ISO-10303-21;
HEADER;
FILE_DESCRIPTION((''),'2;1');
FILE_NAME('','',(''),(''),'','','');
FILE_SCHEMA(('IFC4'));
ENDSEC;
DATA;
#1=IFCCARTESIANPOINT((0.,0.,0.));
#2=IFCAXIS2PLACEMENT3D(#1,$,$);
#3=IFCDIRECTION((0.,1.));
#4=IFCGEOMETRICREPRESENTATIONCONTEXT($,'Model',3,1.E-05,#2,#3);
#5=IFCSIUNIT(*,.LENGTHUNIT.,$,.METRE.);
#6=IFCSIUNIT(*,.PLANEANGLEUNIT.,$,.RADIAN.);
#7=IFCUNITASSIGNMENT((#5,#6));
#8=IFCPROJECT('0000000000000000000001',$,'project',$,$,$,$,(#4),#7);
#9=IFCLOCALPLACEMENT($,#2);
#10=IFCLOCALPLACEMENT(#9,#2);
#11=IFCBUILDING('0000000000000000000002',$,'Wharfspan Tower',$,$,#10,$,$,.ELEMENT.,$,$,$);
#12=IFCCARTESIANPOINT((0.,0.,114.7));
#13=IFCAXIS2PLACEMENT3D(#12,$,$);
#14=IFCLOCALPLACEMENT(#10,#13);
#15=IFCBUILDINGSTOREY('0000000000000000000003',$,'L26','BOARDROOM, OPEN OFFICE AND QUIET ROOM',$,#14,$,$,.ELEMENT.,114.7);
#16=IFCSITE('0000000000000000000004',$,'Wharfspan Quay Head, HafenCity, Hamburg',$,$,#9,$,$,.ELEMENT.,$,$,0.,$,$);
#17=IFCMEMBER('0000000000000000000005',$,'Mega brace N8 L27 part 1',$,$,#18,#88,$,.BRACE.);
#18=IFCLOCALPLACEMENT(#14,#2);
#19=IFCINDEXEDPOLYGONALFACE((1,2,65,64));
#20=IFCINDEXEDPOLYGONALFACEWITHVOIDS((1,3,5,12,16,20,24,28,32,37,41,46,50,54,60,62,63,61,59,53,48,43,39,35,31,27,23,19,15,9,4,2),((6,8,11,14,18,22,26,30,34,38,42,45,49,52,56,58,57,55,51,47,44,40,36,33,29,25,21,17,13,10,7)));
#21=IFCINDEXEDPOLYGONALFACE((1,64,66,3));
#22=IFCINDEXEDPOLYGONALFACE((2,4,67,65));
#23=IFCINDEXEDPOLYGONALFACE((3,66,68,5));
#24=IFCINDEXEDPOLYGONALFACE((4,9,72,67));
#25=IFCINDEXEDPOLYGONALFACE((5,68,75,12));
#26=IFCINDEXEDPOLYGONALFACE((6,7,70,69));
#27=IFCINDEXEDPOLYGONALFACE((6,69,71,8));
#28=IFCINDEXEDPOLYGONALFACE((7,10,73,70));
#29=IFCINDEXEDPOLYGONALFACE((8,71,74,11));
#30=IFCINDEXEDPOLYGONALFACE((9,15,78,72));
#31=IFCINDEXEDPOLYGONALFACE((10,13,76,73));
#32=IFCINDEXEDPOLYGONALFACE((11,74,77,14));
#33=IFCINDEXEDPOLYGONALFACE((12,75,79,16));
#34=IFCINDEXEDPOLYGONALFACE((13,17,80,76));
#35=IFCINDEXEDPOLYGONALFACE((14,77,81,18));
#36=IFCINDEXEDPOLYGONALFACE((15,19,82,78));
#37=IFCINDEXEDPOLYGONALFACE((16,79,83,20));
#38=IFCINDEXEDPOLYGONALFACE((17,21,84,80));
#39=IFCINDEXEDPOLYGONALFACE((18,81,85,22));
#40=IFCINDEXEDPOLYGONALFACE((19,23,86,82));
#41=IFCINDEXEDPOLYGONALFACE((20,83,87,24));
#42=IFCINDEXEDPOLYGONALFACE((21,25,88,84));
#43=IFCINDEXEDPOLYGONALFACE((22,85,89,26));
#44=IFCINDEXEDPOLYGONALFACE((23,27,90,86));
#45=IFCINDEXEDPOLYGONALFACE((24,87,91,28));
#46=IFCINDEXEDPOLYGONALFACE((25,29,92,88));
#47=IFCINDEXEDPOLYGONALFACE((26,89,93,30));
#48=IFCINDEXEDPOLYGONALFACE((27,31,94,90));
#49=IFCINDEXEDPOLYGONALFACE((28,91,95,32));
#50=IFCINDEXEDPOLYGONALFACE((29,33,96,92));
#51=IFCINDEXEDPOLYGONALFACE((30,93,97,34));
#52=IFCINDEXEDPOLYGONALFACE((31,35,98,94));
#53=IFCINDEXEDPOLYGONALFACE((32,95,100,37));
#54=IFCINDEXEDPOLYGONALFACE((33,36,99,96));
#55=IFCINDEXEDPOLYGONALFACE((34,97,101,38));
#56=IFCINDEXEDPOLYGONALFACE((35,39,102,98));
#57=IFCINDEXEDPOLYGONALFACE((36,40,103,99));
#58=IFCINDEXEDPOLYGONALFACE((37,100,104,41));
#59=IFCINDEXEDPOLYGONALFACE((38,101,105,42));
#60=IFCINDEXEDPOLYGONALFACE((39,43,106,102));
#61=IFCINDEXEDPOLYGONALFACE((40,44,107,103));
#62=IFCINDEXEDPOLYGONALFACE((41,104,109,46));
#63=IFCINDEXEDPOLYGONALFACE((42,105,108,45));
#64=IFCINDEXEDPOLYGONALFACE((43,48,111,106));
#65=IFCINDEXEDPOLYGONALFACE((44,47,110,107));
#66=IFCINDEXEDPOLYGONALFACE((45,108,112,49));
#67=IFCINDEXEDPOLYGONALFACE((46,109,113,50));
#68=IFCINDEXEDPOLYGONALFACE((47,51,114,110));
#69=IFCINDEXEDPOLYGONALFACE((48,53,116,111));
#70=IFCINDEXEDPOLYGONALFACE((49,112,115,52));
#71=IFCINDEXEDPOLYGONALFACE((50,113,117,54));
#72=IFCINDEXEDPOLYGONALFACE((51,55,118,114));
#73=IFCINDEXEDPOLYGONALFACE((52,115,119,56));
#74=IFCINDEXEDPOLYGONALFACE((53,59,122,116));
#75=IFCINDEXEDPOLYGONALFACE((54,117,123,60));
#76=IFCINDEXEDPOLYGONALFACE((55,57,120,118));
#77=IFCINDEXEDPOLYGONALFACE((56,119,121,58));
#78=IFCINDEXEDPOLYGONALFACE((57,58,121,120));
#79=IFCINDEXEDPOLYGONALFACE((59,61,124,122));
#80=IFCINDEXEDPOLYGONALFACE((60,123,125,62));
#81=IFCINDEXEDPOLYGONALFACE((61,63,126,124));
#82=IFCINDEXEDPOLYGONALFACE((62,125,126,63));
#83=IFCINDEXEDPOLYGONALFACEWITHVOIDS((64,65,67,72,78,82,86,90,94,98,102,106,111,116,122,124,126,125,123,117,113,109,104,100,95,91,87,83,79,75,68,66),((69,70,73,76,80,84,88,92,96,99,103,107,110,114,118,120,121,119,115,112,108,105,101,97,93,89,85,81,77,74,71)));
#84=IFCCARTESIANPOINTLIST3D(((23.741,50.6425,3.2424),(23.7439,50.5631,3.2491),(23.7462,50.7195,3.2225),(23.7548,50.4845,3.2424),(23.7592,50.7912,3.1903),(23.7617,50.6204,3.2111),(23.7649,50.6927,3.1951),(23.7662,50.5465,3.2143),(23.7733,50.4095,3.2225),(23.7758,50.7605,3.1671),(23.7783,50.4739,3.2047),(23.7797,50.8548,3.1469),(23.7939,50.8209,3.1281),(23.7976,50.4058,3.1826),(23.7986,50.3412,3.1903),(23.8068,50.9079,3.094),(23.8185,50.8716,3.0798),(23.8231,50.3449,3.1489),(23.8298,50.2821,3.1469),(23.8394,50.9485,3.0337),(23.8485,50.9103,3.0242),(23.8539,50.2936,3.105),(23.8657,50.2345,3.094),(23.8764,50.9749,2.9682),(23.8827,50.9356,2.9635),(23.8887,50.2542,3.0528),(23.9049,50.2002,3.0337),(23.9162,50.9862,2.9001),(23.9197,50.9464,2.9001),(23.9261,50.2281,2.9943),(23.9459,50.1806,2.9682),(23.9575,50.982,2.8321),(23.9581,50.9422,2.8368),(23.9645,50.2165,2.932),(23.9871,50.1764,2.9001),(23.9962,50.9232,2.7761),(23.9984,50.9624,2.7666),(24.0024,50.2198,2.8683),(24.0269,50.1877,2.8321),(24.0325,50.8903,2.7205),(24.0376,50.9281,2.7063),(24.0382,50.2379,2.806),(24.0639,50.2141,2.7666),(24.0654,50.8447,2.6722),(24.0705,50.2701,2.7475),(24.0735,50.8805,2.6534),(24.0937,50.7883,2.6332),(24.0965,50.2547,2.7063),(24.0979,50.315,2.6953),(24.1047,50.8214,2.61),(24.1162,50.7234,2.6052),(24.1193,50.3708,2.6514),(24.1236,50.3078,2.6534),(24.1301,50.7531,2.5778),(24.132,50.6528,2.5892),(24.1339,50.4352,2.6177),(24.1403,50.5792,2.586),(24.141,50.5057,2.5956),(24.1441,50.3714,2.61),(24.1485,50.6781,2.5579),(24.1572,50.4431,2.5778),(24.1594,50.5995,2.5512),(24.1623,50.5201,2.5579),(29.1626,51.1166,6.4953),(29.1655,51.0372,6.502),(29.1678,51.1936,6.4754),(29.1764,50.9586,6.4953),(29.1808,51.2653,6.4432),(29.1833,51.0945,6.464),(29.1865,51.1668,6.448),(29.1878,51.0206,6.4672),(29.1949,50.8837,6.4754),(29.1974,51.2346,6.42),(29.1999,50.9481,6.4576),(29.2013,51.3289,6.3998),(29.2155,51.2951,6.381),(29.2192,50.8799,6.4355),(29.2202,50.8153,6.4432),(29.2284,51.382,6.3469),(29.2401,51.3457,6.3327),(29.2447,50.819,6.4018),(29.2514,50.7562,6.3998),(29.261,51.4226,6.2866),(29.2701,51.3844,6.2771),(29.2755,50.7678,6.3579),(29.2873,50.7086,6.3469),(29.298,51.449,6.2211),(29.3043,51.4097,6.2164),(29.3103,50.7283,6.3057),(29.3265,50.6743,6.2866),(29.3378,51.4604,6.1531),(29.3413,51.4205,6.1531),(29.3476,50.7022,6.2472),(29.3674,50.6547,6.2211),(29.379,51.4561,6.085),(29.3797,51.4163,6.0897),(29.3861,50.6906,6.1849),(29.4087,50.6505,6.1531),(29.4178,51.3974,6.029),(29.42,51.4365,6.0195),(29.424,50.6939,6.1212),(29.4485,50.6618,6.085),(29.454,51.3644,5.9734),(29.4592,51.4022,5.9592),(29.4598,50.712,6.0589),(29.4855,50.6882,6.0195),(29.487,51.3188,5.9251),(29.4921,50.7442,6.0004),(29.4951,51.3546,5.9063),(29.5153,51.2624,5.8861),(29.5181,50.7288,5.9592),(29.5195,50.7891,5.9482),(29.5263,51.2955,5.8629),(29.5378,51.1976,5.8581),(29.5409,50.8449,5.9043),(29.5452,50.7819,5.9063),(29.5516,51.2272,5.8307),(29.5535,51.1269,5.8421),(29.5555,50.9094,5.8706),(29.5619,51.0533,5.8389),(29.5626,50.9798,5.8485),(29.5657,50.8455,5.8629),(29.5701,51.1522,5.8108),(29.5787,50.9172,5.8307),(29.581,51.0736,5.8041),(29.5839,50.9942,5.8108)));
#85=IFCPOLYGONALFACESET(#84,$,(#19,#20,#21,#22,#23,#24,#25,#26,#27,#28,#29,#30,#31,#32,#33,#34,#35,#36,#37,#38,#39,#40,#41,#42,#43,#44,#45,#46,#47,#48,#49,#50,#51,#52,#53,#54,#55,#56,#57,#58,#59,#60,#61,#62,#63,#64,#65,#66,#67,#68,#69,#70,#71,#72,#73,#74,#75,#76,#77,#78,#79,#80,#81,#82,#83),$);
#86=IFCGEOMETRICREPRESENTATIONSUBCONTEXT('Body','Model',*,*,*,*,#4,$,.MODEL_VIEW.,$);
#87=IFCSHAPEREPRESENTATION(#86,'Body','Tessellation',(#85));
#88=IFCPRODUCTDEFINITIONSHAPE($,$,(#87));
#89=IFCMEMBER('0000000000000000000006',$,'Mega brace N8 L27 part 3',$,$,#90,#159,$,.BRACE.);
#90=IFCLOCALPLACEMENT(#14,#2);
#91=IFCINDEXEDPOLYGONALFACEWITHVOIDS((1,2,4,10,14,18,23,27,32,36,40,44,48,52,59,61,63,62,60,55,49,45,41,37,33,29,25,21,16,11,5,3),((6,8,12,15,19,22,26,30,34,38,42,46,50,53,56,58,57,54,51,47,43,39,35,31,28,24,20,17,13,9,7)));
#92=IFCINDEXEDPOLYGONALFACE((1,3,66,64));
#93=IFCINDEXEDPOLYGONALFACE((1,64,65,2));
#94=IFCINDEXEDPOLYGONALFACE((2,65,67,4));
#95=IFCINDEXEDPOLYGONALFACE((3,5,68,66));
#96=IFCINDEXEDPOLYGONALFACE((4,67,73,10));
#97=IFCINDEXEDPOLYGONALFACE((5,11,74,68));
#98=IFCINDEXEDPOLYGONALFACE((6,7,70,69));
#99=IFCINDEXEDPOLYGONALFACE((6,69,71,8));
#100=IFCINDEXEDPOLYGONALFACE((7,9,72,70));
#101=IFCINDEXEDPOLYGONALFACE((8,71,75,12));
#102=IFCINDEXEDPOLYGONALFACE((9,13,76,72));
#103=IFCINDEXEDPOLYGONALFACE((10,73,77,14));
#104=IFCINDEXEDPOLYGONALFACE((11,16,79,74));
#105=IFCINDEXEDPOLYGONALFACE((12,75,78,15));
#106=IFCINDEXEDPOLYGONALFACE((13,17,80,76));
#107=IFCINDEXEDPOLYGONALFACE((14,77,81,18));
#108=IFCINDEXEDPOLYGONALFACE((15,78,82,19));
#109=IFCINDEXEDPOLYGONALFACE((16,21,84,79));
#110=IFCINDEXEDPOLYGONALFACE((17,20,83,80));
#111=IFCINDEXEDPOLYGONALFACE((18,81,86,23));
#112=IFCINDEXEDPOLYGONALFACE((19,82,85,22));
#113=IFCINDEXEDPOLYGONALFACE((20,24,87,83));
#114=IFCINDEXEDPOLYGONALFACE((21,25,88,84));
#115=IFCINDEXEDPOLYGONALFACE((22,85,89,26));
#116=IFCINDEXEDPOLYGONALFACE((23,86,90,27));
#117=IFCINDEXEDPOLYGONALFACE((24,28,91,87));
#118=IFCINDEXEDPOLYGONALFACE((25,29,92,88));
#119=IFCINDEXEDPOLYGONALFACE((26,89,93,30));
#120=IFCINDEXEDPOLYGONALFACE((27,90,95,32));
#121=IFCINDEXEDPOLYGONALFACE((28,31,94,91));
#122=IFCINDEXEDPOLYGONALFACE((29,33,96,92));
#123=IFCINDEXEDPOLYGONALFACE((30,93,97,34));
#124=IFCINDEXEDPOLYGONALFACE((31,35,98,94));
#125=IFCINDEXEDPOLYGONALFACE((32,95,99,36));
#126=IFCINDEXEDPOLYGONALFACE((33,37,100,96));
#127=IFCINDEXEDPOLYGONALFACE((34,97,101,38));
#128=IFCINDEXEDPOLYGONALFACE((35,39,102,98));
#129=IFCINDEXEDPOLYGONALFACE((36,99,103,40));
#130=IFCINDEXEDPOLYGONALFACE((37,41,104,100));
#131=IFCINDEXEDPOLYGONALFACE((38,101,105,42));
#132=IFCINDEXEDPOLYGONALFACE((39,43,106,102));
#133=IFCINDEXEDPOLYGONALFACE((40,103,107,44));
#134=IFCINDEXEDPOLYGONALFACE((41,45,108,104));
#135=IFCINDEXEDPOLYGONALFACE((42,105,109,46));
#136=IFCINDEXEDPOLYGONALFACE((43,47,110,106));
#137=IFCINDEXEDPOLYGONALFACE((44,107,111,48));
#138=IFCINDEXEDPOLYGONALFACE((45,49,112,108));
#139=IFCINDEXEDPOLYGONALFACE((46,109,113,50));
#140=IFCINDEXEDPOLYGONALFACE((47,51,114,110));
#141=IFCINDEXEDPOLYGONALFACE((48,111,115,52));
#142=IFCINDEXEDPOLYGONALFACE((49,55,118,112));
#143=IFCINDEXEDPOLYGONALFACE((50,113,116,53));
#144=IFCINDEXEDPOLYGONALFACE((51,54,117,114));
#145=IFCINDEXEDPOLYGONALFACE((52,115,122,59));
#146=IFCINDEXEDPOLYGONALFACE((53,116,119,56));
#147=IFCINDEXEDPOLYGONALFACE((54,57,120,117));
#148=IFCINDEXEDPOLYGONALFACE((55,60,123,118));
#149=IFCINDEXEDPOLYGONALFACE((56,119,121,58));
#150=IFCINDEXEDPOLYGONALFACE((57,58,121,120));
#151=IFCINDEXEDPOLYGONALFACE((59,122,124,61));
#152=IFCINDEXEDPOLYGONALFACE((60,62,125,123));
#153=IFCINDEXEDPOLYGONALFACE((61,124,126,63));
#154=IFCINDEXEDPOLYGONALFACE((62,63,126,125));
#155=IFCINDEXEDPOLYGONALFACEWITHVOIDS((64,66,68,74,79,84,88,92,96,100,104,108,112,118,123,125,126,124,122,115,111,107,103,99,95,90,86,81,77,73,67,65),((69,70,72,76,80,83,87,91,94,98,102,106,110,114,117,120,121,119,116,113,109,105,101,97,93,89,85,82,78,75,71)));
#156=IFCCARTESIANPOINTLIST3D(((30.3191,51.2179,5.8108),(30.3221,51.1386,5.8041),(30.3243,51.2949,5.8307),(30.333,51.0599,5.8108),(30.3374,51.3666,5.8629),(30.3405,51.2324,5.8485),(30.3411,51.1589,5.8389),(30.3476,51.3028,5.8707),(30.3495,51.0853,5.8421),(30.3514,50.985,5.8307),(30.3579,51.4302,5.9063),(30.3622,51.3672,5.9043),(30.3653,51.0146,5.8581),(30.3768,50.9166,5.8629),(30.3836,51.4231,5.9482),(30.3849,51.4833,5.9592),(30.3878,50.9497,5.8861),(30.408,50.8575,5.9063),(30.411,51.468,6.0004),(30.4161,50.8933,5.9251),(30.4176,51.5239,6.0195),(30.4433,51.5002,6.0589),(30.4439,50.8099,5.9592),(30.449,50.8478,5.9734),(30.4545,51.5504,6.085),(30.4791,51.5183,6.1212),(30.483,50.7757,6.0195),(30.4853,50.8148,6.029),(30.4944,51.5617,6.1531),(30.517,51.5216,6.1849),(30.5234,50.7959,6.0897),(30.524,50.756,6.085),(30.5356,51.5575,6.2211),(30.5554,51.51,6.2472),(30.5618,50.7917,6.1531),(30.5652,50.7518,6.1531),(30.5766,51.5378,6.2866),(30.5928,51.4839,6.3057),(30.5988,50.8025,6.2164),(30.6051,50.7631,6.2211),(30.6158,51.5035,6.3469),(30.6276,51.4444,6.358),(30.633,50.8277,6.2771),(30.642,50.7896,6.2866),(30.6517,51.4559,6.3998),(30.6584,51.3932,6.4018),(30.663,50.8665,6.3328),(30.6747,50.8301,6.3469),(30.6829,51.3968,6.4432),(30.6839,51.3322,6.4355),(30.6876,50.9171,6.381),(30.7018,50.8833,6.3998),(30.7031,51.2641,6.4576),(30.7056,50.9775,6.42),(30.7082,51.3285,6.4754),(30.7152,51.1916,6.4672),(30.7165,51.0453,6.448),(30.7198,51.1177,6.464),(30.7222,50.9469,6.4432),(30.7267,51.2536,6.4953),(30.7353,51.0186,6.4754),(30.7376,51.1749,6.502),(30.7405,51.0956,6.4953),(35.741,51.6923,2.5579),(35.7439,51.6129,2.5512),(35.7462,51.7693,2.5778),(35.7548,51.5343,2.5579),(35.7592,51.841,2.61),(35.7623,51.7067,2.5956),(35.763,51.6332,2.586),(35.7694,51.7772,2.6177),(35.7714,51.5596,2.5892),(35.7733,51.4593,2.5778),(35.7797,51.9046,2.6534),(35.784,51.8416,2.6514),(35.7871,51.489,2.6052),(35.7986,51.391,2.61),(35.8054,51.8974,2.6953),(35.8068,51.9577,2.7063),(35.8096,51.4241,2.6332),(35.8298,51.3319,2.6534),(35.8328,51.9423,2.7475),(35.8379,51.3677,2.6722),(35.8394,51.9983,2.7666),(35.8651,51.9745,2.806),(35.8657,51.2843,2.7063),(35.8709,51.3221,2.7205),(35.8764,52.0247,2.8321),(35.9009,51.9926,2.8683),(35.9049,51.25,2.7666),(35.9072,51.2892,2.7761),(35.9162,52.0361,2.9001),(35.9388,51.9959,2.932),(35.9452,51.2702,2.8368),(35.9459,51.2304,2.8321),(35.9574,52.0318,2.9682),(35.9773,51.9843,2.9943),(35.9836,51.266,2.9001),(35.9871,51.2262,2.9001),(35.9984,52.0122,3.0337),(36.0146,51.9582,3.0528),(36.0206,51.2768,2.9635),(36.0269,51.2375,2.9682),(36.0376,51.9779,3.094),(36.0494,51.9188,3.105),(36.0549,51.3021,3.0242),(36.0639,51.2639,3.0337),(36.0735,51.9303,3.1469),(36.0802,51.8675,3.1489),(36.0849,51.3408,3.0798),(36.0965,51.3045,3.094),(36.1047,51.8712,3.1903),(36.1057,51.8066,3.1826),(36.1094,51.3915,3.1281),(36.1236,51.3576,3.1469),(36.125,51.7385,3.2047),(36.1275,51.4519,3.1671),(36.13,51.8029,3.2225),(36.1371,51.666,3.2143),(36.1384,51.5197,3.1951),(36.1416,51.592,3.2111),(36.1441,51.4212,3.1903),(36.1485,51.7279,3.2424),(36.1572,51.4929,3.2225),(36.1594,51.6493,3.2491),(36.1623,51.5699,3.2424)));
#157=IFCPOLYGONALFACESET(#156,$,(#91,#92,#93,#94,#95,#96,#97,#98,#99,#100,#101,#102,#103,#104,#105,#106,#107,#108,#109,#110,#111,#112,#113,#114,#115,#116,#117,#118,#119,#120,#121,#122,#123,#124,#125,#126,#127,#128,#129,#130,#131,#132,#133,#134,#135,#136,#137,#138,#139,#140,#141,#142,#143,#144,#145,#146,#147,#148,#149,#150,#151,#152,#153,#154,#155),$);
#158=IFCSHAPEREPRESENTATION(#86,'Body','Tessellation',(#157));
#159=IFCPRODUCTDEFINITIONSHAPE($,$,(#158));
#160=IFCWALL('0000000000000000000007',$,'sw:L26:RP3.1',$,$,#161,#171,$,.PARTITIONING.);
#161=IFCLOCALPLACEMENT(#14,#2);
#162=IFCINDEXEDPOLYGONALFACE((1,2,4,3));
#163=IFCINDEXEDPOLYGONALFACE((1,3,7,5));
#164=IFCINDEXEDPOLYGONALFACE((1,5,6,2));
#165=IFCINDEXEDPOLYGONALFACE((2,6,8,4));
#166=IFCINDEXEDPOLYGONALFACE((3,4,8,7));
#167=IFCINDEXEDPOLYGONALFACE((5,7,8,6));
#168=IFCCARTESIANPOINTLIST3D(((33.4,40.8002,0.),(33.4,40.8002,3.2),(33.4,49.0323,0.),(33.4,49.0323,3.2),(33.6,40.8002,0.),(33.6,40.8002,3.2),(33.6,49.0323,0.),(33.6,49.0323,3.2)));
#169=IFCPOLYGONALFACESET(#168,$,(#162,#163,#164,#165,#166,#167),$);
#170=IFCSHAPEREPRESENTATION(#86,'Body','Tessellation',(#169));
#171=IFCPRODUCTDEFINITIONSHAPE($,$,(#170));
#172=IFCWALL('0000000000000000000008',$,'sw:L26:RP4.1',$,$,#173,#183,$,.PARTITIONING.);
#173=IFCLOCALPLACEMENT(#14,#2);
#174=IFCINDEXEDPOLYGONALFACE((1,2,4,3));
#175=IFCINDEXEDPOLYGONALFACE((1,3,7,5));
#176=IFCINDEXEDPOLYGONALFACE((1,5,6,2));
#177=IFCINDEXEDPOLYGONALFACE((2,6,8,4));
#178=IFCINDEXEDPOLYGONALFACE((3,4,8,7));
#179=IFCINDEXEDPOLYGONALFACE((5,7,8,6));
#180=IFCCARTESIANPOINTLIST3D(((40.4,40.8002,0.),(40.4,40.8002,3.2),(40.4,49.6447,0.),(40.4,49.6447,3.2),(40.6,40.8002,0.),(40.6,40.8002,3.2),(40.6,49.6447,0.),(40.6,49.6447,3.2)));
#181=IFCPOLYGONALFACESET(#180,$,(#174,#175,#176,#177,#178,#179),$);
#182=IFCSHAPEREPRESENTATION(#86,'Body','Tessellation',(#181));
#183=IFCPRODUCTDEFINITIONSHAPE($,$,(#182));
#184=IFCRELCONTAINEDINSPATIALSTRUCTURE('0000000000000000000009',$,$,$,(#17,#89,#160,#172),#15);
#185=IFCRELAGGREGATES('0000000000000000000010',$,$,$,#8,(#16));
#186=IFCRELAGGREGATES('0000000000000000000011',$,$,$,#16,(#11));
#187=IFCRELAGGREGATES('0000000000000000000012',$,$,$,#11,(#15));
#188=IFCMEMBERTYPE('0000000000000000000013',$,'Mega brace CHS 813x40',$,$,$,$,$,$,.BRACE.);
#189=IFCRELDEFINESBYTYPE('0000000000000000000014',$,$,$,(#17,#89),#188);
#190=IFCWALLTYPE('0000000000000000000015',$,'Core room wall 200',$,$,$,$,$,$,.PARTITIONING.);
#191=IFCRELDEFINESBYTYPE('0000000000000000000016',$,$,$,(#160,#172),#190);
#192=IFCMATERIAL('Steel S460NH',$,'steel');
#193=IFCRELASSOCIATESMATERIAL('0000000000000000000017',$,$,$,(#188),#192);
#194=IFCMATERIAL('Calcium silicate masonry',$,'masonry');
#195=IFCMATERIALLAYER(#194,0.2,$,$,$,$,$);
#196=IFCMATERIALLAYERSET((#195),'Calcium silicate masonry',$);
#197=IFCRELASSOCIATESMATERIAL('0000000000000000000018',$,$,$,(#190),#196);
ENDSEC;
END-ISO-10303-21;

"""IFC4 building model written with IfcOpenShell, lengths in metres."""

from ifc_helpers import new_model, si_unit, direction, frame, frame_2d, origin, origin_2d, place, context, subcontext, project, spatial, rectangle, hollow_circle, extrude, material, layer, layer_set, material_profile, profile_set, type_object, element, save


model = new_model("IFC4")

# Units and contexts
model_context = context("Model", 3, precision=1e-05, world=origin(), true_north=direction((0.0, 1.0)))
body_context = subcontext(model_context, "Body", "Model", "MODEL_VIEW")
ifc_project = project(units=[si_unit("LENGTHUNIT", "METRE"), si_unit("PLANEANGLEUNIT", "RADIAN")], contexts=[model_context])

# Site, building, storey
site_placement = place(None, origin())
site = spatial("IfcSite", under=ifc_project, at=site_placement, Name="Wharfspan Quay Head, HafenCity, Hamburg", CompositionType="ELEMENT", RefElevation=0.0)
building_placement = place(site_placement, origin())
building = spatial("IfcBuilding", under=site, at=building_placement, Name="Wharfspan Tower", CompositionType="ELEMENT")
storey_placement = place(building_placement, frame((0.0, 0.0, 114.7)))
storey = spatial("IfcBuildingStorey", under=building, at=storey_placement, Name="L26", Description="BOARDROOM, OPEN OFFICE AND QUIET ROOM", CompositionType="ELEMENT", Elevation=114.7)

# Members
ifc_material_1 = material(Name="Steel S460NH", Category="steel")
ifc_material_profile_1 = material_profile(ifc_material_1, hollow_circle(Radius=0.4065, WallThickness=0.04, at=origin_2d()))
ifc_profile_set_1 = profile_set([ifc_material_profile_1], Name="Steel S460NH")
member_type = type_object("IfcMemberType", Name="Mega brace CHS 813x40", PredefinedType="BRACE", material=ifc_profile_set_1)
member_1_placement = place(storey_placement, frame((23.9517, 50.5813, 2.9001), z_axis=(0.855096, 0.074778, 0.51305), x_axis=(-0.087117, 0.996194, 0.0)))
element("IfcMember", 1, at=member_1_placement, inside=storey, type_object=member_type, Name="Mega brace N8 L27 part 1", PredefinedType="BRACE", context=body_context, shape_type="SweptSolid", body=[
    extrude(hollow_circle(Radius=0.4065, WallThickness=0.04, at=origin_2d()), origin(), (0.0, 0.0, 1.0), 6.3403),
])
member_2_placement = place(storey_placement, frame((35.9517, 51.6311, 2.9001), z_axis=(-0.855103, -0.074814, 0.513031), x_axis=(0.087159, -0.996196, 0.000001)))
element("IfcMember", 2, at=member_2_placement, inside=storey, type_object=member_type, Name="Mega brace N8 L27 part 3", PredefinedType="BRACE", context=body_context, shape_type="SweptSolid", body=[
    extrude(hollow_circle(Radius=0.4065, WallThickness=0.04, at=origin_2d()), origin(), (0.0, 0.0, 1.0), 6.3406),
])

# Walls
ifc_material_2 = material(Name="Calcium silicate masonry", Category="masonry")
ifc_layer_1 = layer(ifc_material_2, 0.2)
ifc_layer_set_1 = layer_set([ifc_layer_1], Name="Calcium silicate masonry")
wall_type_1 = type_object("IfcWallType", Name="Core room wall 200", PredefinedType="PARTITIONING", material=ifc_layer_set_1)
wall_1_placement = place(storey_placement, frame((33.5, 40.8, 0.0), z_axis=(0.0, 0.0, 1.0), x_axis=(0.0, 1.0, 0.0)))
element("IfcWall", 3, at=wall_1_placement, inside=storey, type_object=wall_type_1, Name="sw:L26:RP3.1", PredefinedType="PARTITIONING", context=body_context, shape_type="SweptSolid", body=[
    extrude(rectangle(XDim=8.2322, YDim=0.2, at=frame_2d((4.1162, 0.0))), origin(), (0.0, 0.0, 1.0), 3.2),
])
wall_2_placement = place(storey_placement, frame((40.5, 40.8, 0.0), z_axis=(0.0, 0.0, 1.0), x_axis=(0.0, 1.0, 0.0)))
element("IfcWall", 4, at=wall_2_placement, inside=storey, type_object=wall_type_1, Name="sw:L26:RP4.1", PredefinedType="PARTITIONING", context=body_context, shape_type="SweptSolid", body=[
    extrude(rectangle(XDim=8.8445, YDim=0.2, at=frame_2d((4.4224, 0.0))), origin(), (0.0, 0.0, 1.0), 3.2),
])

save(model, "model.ifc")
